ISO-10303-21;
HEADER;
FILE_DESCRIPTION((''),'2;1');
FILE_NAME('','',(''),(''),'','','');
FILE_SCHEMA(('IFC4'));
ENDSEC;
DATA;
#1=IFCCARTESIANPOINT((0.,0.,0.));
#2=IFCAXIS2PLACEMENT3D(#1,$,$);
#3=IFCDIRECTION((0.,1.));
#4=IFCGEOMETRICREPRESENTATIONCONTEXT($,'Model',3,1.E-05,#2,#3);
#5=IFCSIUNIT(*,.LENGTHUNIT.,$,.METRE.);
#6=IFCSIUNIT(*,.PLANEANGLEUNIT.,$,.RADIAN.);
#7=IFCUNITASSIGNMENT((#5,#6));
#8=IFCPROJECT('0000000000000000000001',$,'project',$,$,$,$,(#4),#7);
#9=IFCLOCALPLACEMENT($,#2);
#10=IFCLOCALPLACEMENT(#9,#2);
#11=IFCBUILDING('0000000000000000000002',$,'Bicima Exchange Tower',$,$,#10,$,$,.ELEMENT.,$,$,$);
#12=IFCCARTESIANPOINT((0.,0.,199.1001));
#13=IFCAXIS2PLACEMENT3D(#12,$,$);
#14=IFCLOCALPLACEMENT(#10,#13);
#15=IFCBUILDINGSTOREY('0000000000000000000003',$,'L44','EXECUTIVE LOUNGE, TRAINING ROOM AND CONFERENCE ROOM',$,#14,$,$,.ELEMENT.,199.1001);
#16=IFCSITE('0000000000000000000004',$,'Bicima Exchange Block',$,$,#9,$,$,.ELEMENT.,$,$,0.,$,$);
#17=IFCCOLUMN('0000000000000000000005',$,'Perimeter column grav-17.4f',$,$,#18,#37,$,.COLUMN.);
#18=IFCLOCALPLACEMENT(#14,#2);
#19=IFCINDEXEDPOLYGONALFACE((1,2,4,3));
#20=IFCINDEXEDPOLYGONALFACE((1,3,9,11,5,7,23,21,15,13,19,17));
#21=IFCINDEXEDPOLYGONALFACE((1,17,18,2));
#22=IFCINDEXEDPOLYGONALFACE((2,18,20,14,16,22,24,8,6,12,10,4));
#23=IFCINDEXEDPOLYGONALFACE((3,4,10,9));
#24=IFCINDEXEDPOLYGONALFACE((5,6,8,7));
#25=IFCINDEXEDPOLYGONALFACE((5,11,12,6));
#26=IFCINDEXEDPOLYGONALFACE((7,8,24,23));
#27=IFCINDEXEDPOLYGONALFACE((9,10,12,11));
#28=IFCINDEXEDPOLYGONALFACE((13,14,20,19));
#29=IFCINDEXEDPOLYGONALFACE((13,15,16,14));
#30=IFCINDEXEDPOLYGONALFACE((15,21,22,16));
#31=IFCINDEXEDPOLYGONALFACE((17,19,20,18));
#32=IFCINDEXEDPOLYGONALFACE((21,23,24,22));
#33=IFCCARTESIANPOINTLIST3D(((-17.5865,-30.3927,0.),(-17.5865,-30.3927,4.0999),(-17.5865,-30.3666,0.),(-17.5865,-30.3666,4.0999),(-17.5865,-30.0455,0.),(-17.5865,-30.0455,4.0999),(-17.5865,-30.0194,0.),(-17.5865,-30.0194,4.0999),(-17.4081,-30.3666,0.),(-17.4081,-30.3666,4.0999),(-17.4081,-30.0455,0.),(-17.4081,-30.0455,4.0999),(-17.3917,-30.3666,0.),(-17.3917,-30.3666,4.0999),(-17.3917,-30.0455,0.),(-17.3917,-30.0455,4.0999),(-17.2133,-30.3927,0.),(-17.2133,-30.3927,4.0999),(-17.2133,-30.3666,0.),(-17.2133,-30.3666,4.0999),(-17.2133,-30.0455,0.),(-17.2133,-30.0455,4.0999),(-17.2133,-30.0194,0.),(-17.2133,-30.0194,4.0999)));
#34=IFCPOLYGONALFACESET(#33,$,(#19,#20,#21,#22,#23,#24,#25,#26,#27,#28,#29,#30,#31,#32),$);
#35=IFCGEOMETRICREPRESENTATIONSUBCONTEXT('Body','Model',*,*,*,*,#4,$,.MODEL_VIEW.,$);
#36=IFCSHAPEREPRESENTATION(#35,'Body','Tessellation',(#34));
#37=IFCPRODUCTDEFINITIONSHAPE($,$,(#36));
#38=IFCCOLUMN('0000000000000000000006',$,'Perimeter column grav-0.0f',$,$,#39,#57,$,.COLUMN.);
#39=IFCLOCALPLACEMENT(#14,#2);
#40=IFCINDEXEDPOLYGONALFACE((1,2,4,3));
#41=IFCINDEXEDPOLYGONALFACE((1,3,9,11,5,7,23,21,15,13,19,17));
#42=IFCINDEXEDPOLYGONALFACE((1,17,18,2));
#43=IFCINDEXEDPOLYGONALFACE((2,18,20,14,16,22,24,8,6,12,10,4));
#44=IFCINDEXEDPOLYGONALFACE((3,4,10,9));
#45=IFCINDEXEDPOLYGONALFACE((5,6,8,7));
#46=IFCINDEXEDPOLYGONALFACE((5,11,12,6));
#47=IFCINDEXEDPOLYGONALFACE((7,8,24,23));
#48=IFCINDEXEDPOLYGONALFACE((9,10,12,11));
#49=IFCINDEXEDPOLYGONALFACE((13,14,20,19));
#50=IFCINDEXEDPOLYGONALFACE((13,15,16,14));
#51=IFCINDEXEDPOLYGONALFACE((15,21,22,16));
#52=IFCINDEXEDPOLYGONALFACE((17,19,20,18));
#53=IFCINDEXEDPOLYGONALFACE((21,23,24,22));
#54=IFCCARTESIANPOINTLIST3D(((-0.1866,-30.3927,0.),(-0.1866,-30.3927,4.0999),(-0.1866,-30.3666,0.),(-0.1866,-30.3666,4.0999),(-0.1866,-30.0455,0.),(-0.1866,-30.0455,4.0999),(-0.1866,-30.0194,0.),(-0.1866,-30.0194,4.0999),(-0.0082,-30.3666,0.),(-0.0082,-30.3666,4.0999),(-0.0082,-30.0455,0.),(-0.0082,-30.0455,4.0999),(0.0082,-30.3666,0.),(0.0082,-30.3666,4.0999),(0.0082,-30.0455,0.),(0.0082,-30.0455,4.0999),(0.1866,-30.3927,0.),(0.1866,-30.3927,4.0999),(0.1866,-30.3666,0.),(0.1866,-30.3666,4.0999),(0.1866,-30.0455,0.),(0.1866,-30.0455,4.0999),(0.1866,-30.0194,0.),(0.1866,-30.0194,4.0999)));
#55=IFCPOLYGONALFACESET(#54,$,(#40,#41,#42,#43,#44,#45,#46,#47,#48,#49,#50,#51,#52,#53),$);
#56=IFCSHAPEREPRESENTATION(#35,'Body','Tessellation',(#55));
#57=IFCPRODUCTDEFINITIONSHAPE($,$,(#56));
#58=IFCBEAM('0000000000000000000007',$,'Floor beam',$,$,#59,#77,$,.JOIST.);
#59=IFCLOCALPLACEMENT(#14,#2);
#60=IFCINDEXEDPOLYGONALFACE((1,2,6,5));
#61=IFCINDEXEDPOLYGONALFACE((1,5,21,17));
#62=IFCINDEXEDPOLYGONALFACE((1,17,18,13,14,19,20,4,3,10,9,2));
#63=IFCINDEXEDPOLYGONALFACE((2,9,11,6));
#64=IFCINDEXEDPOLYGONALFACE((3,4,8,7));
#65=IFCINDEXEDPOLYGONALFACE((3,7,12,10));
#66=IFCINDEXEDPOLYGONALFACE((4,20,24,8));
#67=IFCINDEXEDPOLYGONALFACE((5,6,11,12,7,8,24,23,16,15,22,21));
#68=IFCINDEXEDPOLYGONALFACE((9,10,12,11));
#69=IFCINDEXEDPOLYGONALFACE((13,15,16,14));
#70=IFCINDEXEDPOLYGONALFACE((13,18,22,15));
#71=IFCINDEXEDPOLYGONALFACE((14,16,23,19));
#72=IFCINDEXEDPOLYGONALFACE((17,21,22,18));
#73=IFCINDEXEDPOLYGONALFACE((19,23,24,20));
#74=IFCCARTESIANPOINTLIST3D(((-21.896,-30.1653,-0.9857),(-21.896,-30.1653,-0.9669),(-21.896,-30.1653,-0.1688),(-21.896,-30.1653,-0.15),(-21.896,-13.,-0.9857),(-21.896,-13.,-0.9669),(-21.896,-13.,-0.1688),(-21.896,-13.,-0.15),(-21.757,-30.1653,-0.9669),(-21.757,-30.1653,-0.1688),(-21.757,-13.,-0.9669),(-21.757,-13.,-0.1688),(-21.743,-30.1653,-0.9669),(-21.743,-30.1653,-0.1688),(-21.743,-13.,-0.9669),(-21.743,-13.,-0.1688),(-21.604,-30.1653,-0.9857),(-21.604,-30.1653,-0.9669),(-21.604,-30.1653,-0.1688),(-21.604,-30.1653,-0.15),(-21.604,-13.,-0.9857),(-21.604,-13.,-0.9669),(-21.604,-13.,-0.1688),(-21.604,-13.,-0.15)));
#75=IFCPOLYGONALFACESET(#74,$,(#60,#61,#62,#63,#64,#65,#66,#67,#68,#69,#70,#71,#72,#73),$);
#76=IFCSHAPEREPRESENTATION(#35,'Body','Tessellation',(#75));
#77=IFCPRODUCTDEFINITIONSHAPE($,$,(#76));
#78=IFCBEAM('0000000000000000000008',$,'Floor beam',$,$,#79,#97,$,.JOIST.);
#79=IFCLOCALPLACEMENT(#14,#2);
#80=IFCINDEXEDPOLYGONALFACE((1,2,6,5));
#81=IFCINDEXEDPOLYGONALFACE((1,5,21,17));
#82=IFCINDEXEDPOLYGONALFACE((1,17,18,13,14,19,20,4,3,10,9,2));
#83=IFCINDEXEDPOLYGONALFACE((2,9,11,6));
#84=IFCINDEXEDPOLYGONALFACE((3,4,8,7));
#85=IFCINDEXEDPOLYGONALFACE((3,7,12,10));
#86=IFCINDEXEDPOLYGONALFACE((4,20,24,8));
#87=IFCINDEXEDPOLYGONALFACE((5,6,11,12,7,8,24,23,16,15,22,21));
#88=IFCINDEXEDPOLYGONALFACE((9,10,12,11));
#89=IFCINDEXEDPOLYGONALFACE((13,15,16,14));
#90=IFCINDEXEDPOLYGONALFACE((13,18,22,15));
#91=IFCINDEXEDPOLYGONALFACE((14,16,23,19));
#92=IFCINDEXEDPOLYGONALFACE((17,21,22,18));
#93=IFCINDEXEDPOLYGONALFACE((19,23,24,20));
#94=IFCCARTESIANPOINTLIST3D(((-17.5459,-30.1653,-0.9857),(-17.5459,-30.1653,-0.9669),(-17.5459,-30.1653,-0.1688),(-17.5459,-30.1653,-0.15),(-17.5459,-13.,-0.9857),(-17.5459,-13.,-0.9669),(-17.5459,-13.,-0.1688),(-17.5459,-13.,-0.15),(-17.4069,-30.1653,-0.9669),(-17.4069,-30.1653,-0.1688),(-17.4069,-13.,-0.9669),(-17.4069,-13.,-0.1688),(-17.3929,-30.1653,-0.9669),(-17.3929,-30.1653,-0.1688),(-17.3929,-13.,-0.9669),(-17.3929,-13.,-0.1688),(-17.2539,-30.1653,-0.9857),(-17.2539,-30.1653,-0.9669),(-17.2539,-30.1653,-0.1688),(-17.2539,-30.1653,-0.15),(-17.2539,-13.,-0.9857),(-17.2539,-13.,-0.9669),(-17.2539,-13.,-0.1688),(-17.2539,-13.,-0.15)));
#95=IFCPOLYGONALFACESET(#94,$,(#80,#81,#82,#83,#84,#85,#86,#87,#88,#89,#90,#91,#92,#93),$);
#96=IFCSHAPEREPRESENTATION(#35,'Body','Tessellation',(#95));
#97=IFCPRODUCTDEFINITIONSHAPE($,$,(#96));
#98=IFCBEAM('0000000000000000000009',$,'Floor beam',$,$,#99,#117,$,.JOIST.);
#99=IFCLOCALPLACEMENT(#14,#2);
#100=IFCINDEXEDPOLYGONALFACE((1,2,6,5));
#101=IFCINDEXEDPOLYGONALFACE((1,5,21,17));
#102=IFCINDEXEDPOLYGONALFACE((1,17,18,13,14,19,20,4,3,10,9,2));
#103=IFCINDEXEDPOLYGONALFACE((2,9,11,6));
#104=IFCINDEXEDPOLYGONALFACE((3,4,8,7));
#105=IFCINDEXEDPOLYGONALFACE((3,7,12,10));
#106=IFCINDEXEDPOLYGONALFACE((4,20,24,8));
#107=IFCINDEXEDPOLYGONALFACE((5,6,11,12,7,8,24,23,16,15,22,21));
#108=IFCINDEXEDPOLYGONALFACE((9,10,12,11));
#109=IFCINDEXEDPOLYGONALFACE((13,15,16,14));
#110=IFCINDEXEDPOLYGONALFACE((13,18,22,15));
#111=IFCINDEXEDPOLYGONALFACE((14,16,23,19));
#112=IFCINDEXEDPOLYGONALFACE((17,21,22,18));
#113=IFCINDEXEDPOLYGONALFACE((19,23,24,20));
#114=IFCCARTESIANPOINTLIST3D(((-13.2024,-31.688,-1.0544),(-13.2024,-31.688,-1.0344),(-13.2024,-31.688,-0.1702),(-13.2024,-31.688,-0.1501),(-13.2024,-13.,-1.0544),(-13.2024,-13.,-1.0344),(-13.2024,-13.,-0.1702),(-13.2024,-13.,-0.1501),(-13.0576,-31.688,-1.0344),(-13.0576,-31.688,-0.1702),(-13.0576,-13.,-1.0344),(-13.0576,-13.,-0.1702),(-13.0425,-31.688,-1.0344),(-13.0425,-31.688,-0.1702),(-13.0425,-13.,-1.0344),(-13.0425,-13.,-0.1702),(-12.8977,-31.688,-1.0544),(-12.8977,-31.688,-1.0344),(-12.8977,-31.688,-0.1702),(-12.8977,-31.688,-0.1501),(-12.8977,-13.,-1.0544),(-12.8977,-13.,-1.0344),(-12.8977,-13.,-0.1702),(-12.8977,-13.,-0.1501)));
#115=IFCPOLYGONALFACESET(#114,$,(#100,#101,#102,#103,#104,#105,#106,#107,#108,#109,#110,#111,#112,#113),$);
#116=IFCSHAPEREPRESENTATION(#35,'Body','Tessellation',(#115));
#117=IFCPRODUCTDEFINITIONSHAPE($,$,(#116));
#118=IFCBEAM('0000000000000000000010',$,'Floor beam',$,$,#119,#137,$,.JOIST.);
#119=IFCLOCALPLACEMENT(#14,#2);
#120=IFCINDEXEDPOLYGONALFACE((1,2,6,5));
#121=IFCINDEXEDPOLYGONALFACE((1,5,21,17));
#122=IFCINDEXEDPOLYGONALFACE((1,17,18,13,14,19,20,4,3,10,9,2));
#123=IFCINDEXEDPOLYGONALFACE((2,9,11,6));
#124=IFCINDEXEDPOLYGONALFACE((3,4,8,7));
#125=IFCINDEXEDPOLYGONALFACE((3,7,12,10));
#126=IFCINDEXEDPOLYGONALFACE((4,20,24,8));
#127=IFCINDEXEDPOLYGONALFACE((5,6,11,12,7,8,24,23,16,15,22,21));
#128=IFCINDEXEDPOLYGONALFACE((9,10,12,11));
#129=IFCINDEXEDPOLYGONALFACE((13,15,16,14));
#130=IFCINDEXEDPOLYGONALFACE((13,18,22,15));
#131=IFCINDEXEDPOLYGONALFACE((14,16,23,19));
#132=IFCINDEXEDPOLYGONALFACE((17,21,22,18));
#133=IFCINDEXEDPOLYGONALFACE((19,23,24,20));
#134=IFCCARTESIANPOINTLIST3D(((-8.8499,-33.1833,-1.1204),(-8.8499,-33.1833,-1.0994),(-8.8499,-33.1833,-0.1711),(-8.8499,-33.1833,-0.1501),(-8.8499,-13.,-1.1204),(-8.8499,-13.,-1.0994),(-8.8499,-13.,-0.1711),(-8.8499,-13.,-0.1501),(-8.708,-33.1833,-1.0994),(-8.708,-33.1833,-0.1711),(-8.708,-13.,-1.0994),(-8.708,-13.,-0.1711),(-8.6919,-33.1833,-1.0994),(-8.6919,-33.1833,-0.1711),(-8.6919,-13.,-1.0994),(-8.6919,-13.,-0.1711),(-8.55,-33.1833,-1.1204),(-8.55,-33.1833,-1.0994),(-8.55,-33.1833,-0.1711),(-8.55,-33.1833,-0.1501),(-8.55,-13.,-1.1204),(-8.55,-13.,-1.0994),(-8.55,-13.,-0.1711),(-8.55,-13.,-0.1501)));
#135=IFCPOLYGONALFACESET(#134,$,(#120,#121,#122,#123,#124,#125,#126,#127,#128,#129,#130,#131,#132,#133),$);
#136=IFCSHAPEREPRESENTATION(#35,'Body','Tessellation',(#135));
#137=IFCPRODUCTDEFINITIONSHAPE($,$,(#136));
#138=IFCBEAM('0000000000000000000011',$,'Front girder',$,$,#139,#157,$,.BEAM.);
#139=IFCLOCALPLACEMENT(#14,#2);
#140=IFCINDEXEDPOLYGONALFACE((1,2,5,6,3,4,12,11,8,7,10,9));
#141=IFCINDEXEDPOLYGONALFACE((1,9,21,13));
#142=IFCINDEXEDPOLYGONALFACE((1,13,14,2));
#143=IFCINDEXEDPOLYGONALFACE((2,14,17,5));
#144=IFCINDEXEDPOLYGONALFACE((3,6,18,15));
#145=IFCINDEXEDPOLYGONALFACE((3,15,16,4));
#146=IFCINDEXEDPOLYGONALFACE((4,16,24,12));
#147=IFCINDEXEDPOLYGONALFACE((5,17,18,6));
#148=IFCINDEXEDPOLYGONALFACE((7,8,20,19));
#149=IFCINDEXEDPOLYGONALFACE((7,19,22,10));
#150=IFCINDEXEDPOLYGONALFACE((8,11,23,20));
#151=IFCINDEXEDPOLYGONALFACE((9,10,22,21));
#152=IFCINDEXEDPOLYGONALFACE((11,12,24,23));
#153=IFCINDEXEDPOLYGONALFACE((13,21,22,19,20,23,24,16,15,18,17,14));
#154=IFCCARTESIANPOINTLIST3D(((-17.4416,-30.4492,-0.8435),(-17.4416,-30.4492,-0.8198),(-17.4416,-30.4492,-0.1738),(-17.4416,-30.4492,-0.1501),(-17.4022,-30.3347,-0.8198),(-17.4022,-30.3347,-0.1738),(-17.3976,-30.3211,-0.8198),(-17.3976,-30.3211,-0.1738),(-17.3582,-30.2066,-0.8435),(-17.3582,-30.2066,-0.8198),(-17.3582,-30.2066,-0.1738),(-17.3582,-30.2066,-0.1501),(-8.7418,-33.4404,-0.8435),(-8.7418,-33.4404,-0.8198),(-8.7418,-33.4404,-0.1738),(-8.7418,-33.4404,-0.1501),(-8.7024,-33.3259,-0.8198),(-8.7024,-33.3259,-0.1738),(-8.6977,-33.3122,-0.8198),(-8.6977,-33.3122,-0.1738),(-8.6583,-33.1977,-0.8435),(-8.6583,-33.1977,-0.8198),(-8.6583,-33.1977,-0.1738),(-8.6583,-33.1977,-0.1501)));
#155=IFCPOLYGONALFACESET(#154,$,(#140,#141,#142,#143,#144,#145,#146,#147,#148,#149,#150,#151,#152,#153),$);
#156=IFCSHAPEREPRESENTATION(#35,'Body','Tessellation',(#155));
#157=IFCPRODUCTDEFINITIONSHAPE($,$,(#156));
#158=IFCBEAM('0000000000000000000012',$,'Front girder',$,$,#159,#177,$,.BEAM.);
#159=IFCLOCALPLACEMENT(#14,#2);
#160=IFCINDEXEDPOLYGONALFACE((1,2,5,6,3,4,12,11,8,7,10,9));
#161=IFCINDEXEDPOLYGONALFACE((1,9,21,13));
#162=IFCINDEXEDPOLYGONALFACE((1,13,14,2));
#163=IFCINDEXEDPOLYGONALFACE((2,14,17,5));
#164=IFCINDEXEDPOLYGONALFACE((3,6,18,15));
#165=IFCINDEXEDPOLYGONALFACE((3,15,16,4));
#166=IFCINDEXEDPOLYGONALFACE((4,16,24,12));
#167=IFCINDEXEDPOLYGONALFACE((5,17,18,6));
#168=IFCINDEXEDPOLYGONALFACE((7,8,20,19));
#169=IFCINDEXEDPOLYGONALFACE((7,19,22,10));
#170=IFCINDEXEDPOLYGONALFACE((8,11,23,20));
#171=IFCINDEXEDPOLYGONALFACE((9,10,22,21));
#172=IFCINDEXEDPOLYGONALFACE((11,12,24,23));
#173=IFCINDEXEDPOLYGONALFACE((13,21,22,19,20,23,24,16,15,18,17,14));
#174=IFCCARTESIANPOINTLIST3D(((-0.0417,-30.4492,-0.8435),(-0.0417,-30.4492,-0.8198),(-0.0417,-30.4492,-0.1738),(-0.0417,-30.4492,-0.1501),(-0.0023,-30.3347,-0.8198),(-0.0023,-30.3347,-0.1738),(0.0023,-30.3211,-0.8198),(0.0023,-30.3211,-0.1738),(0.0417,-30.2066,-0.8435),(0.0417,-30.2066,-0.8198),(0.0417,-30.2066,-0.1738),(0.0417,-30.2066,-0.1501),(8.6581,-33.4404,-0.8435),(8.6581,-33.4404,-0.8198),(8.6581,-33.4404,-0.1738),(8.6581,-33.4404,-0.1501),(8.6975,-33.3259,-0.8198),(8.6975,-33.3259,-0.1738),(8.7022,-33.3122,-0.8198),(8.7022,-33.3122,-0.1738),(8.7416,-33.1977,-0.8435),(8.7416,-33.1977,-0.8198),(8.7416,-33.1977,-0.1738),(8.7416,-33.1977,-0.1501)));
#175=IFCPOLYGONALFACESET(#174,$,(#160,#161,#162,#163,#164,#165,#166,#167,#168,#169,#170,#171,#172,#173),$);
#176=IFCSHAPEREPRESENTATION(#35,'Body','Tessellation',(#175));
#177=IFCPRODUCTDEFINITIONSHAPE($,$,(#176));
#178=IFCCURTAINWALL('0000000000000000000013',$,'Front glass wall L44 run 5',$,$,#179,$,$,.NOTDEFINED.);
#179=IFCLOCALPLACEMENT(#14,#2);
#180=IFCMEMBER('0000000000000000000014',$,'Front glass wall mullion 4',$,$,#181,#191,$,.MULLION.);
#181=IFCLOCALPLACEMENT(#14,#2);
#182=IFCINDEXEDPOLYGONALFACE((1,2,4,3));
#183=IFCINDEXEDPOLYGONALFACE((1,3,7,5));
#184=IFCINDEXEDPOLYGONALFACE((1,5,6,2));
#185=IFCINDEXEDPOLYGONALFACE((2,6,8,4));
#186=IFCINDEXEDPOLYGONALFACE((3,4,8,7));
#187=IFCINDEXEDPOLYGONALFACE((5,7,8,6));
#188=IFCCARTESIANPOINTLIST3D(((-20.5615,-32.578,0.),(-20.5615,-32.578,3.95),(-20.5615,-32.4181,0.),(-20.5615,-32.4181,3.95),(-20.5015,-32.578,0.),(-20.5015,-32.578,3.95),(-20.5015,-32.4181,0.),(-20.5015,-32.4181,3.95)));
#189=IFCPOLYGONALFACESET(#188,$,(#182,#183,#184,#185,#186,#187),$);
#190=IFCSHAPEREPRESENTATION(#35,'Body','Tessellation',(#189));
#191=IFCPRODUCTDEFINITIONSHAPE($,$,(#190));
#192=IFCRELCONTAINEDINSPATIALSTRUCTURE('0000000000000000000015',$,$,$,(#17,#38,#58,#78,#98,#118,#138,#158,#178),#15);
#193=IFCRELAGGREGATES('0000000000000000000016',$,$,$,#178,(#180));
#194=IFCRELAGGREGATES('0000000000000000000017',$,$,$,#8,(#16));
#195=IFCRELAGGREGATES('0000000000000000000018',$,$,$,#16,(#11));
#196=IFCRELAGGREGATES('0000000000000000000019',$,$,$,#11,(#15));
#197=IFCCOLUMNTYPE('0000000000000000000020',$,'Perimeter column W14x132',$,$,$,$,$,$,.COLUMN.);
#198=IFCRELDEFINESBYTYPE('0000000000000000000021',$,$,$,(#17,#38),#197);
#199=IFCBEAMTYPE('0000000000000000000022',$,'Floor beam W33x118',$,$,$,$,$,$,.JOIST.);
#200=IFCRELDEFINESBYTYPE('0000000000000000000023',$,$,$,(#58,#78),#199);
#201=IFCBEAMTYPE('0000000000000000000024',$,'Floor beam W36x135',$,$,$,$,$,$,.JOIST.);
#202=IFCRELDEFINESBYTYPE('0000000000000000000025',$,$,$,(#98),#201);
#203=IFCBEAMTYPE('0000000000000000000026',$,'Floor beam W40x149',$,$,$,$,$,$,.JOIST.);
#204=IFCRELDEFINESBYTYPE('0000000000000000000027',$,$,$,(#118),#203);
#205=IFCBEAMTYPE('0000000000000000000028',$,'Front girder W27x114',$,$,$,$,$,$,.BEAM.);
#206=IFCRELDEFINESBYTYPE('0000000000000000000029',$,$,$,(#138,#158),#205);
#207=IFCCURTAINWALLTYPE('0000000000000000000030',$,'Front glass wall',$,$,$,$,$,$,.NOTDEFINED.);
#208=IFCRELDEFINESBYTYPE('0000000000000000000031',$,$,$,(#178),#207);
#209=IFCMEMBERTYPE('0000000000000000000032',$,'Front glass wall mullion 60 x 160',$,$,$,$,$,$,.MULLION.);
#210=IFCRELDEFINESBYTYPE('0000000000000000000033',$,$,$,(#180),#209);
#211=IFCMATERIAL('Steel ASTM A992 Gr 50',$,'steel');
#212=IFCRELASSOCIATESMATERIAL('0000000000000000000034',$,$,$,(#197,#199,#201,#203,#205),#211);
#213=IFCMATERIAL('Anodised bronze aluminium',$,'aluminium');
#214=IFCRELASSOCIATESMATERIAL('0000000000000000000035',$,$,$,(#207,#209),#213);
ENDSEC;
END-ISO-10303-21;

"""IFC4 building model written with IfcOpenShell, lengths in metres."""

from ifc_helpers import new_model, si_unit, direction, frame, origin, origin_2d, place, context, subcontext, project, spatial, rectangle, i_section, extrude, material, material_profile, profile_set, type_object, element, aggregate, save


model = new_model("IFC4")

# Units and contexts
model_context = context("Model", 3, precision=1e-05, world=origin(), true_north=direction((0.0, 1.0)))
body_context = subcontext(model_context, "Body", "Model", "MODEL_VIEW")
ifc_project = project(units=[si_unit("LENGTHUNIT", "METRE"), si_unit("PLANEANGLEUNIT", "RADIAN")], contexts=[model_context])

# Site, building, storey
site_placement = place(None, origin())
site = spatial("IfcSite", under=ifc_project, at=site_placement, Name="Bicima Exchange Block", CompositionType="ELEMENT", RefElevation=0.0)
building_placement = place(site_placement, origin())
building = spatial("IfcBuilding", under=site, at=building_placement, Name="Bicima Exchange Tower", CompositionType="ELEMENT")
storey_placement = place(building_placement, frame((0.0, 0.0, 199.1001)))
storey = spatial("IfcBuildingStorey", under=building, at=storey_placement, Name="L44", Description="EXECUTIVE LOUNGE, TRAINING ROOM AND CONFERENCE ROOM", CompositionType="ELEMENT", Elevation=199.1001)

# Columns
ifc_material_1 = material(Name="Steel ASTM A992 Gr 50", Category="steel")
ifc_material_profile_1 = material_profile(ifc_material_1, i_section(OverallWidth=0.3733, OverallDepth=0.3733, WebThickness=0.0164, FlangeThickness=0.0261, at=origin_2d()))
ifc_profile_set_1 = profile_set([ifc_material_profile_1], Name="Steel ASTM A992 Gr 50")
column_type = type_object("IfcColumnType", Name="Perimeter column W14x132", PredefinedType="COLUMN", material=ifc_profile_set_1)
for number, where, z_axis, x_axis, name in (
    (1, (-17.3999, -30.2061, 0.0), (0.0, 0.0, 1.0), (1.0, 0.0, 0.0), "Perimeter column grav-17.4f"),
    (2, (0.0, -30.2061, 0.0), (0.0, 0.0, 1.0), (1.0, 0.0, 0.0), "Perimeter column grav-0.0f"),
):
    element("IfcColumn", number, at=place(storey_placement, frame(where, z_axis=z_axis, x_axis=x_axis)), inside=storey, type_object=column_type, Name=name, PredefinedType="COLUMN", context=body_context, shape_type="SweptSolid", body=[
        extrude(i_section(OverallWidth=0.3733, OverallDepth=0.3733, WebThickness=0.0164, FlangeThickness=0.0261, at=origin_2d()), origin(), (0.0, 0.0, 1.0), 4.0999),
    ])

# Beams
ifc_material_profile_2 = material_profile(ifc_material_1, i_section(OverallWidth=0.292, OverallDepth=0.8357, WebThickness=0.0139, FlangeThickness=0.0188, at=origin_2d()))
ifc_profile_set_2 = profile_set([ifc_material_profile_2], Name="Steel ASTM A992 Gr 50")
beam_type_1 = type_object("IfcBeamType", Name="Floor beam W33x118", PredefinedType="JOIST", material=ifc_profile_set_2)
for number, where, z_axis, x_axis, name in (
    (3, (-21.75, -13.0, -0.5679), (0.0, -1.0, 0.0), (1.0, 0.0, 0.0), "Floor beam"),
    (4, (-17.3999, -13.0, -0.5679), (0.0, -1.0, 0.0), (1.0, 0.0, 0.0), "Floor beam"),
):
    element("IfcBeam", number, at=place(storey_placement, frame(where, z_axis=z_axis, x_axis=x_axis)), inside=storey, type_object=beam_type_1, Name=name, PredefinedType="JOIST", context=body_context, shape_type="SweptSolid", body=[
        extrude(i_section(OverallWidth=0.292, OverallDepth=0.8357, WebThickness=0.0139, FlangeThickness=0.0188, at=origin_2d()), origin(), (0.0, 0.0, 1.0), 17.1653),
    ])
ifc_material_profile_3 = material_profile(ifc_material_1, i_section(OverallWidth=0.3047, OverallDepth=0.9043, WebThickness=0.0151, FlangeThickness=0.02, at=origin_2d()))
ifc_profile_set_3 = profile_set([ifc_material_profile_3], Name="Steel ASTM A992 Gr 50")
beam_type_2 = type_object("IfcBeamType", Name="Floor beam W36x135", PredefinedType="JOIST", material=ifc_profile_set_3)
beam_1_placement = place(storey_placement, frame((-13.05, -13.0, -0.6023), z_axis=(0.0, -1.0, 0.0), x_axis=(1.0, 0.0, 0.0)))
element("IfcBeam", 5, at=beam_1_placement, inside=storey, type_object=beam_type_2, Name="Floor beam", PredefinedType="JOIST", context=body_context, shape_type="SweptSolid", body=[
    extrude(i_section(OverallWidth=0.3047, OverallDepth=0.9043, WebThickness=0.0151, FlangeThickness=0.02, at=origin_2d()), origin(), (0.0, 0.0, 1.0), 18.688),
])
ifc_material_profile_4 = material_profile(ifc_material_1, i_section(OverallWidth=0.2998, OverallDepth=0.9702, WebThickness=0.0161, FlangeThickness=0.021, at=origin_2d()))
ifc_profile_set_4 = profile_set([ifc_material_profile_4], Name="Steel ASTM A992 Gr 50")
beam_type_3 = type_object("IfcBeamType", Name="Floor beam W40x149", PredefinedType="JOIST", material=ifc_profile_set_4)
beam_2_placement = place(storey_placement, frame((-8.7, -13.0, -0.6353), z_axis=(0.0, -1.0, 0.0), x_axis=(1.0, 0.0, 0.0)))
element("IfcBeam", 6, at=beam_2_placement, inside=storey, type_object=beam_type_3, Name="Floor beam", PredefinedType="JOIST", context=body_context, shape_type="SweptSolid", body=[
    extrude(i_section(OverallWidth=0.2998, OverallDepth=0.9702, WebThickness=0.0161, FlangeThickness=0.021, at=origin_2d()), origin(), (0.0, 0.0, 1.0), 20.1833),
])
ifc_material_profile_5 = material_profile(ifc_material_1, i_section(OverallWidth=0.2566, OverallDepth=0.6934, WebThickness=0.0144, FlangeThickness=0.0237, at=origin_2d()))
ifc_profile_set_5 = profile_set([ifc_material_profile_5], Name="Steel ASTM A992 Gr 50")
beam_type_4 = type_object("IfcBeamType", Name="Front girder W27x114", PredefinedType="BEAM", material=ifc_profile_set_5)
for number, where, z_axis, x_axis, name in (
    (7, (-17.3999, -30.3279, -0.4968), (0.945666, -0.325138, 0.0), (0.325138, 0.945666, 0.0), "Front girder"),
    (8, (0.0, -30.3279, -0.4968), (0.945666, -0.325138, 0.0), (0.325138, 0.945666, 0.0), "Front girder"),
):
    element("IfcBeam", number, at=place(storey_placement, frame(where, z_axis=z_axis, x_axis=x_axis)), inside=storey, type_object=beam_type_4, Name=name, PredefinedType="BEAM", context=body_context, shape_type="SweptSolid", body=[
        extrude(i_section(OverallWidth=0.2566, OverallDepth=0.6934, WebThickness=0.0144, FlangeThickness=0.0237, at=origin_2d()), origin(), (0.0, 0.0, 1.0), 9.1997),
    ])

# Curtain wall, member
ifc_material_2 = material(Name="Anodised bronze aluminium", Category="aluminium")
curtain_wall_type = type_object("IfcCurtainWallType", Name="Front glass wall", PredefinedType="NOTDEFINED", material=ifc_material_2)
curtain_wall_1_placement = place(storey_placement, origin())
curtain_wall_1 = element("IfcCurtainWall", 9, at=curtain_wall_1_placement, inside=storey, type_object=curtain_wall_type, Name="Front glass wall L44 run 5", PredefinedType="NOTDEFINED")
ifc_material_profile_6 = material_profile(ifc_material_2, rectangle(XDim=0.1599, YDim=0.0601, at=origin_2d()))
ifc_profile_set_6 = profile_set([ifc_material_profile_6], Name="Anodised bronze aluminium")
member_type_1 = type_object("IfcMemberType", Name="Front glass wall mullion 60 x 160", PredefinedType="MULLION", material=ifc_profile_set_6)
member_1_placement = place(storey_placement, frame((-20.5315, -32.498, 0.0), z_axis=(0.0, 0.0, 1.0), x_axis=(0.0, 1.0, 0.0)))
member_1 = element("IfcMember", 10, at=member_1_placement, type_object=member_type_1, Name="Front glass wall mullion 4", PredefinedType="MULLION", context=body_context, shape_type="SweptSolid", body=[
    extrude(rectangle(XDim=0.1599, YDim=0.0601, at=origin_2d()), origin(), (0.0, 0.0, 1.0), 3.95),
])

aggregate(curtain_wall_1, [member_1])

save(model, "model.ifc")
